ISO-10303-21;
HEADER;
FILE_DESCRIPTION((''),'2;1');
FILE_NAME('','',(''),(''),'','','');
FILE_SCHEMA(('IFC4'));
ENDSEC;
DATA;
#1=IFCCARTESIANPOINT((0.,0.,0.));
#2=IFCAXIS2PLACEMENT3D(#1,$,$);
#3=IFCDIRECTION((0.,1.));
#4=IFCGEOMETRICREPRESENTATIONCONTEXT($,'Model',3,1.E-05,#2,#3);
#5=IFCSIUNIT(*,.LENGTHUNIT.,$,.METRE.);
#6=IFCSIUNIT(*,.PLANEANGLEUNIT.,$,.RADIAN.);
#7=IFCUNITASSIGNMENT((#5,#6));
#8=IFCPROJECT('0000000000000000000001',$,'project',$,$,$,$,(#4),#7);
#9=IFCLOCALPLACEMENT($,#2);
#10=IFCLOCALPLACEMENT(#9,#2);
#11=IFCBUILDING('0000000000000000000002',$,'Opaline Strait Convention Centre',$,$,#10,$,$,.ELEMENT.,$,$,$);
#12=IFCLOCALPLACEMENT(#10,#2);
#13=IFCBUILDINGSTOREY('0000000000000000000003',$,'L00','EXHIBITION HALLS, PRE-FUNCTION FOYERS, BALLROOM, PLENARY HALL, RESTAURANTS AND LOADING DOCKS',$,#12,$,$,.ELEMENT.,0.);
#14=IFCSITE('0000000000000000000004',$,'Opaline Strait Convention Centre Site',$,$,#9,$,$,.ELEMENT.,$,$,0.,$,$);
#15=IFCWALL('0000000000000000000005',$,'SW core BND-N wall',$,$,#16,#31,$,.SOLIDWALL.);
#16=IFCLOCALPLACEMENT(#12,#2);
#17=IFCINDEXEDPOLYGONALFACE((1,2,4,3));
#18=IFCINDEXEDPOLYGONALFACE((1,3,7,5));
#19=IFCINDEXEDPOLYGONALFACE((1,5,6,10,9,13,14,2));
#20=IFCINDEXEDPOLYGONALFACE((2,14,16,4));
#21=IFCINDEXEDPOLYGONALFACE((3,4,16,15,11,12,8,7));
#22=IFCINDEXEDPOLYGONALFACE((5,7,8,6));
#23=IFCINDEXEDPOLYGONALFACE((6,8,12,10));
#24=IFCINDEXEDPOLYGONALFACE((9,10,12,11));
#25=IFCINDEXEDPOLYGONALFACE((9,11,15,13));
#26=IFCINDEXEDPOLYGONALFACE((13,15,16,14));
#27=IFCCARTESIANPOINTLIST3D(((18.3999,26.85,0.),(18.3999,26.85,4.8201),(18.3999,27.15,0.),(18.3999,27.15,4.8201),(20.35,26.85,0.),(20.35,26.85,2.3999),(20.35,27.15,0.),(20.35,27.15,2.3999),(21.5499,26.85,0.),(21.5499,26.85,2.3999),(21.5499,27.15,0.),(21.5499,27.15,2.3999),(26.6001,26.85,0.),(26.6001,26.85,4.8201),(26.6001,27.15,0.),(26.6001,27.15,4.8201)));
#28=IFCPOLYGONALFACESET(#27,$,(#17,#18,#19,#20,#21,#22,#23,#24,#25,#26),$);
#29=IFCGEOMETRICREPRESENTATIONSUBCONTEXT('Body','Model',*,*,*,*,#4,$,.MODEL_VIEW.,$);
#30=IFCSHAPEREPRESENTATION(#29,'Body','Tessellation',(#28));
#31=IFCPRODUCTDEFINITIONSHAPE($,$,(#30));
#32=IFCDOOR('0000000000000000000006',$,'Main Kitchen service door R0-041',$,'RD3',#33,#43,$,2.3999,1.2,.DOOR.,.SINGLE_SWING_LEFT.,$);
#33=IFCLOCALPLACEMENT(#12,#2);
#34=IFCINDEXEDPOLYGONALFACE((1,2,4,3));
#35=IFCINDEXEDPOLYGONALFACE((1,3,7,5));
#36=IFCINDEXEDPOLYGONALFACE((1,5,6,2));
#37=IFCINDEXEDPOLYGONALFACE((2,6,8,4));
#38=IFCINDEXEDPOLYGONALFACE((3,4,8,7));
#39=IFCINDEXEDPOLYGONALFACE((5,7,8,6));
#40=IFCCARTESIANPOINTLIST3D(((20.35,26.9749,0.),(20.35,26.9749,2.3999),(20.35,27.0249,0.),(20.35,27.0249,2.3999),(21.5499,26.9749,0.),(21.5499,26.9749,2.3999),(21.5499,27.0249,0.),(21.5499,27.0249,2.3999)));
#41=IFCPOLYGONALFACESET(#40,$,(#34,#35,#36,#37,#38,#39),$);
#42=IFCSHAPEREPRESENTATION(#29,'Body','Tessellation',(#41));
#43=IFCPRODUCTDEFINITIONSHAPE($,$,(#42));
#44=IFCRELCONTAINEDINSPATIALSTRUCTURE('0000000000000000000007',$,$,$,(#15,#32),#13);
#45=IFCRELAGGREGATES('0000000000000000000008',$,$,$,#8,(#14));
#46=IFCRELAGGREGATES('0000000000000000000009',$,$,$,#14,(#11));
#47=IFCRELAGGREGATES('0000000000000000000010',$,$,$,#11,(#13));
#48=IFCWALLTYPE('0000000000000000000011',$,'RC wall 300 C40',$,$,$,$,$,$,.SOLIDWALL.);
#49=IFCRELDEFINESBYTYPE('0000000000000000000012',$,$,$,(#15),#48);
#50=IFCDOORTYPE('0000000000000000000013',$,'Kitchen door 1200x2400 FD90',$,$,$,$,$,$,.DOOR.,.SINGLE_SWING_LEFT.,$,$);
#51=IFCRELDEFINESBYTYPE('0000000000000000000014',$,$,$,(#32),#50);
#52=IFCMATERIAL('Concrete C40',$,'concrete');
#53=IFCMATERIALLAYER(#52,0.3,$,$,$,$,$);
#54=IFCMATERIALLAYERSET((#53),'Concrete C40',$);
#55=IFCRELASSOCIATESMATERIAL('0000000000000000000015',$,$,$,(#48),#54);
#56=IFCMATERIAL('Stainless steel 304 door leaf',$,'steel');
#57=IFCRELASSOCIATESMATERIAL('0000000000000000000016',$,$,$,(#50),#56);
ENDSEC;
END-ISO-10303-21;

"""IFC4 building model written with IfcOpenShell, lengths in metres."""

from ifc_helpers import new_model, si_unit, direction, frame, frame_2d, origin, place, context, subcontext, project, spatial, rectangle, extrude, material, layer, layer_set, type_object, element, fill, save


model = new_model("IFC4")

# Units and contexts
model_context = context("Model", 3, precision=1e-05, world=origin(), true_north=direction((0.0, 1.0)))
body_context = subcontext(model_context, "Body", "Model", "MODEL_VIEW")
ifc_project = project(units=[si_unit("LENGTHUNIT", "METRE"), si_unit("PLANEANGLEUNIT", "RADIAN")], contexts=[model_context])

# Site, building, storey
site_placement = place(None, origin())
site = spatial("IfcSite", under=ifc_project, at=site_placement, Name="Opaline Strait Convention Centre Site", CompositionType="ELEMENT", RefElevation=0.0)
building_placement = place(site_placement, origin())
building = spatial("IfcBuilding", under=site, at=building_placement, Name="Opaline Strait Convention Centre", CompositionType="ELEMENT")
storey_placement = place(building_placement, origin())
storey = spatial("IfcBuildingStorey", under=building, at=storey_placement, Name="L00", Description="EXHIBITION HALLS, PRE-FUNCTION FOYERS, BALLROOM, PLENARY HALL, RESTAURANTS AND LOADING DOCKS", CompositionType="ELEMENT", Elevation=0.0)

# Shared definitions
ifc_material_1 = material(Name="Concrete C40", Category="concrete")

# Wall, opening, door
ifc_layer_1 = layer(ifc_material_1, 0.3)
ifc_layer_set_1 = layer_set([ifc_layer_1], Name="Concrete C40")
wall_type_1 = type_object("IfcWallType", Name="RC wall 300 C40", PredefinedType="SOLIDWALL", material=ifc_layer_set_1)
wall_1_placement = place(storey_placement, frame((18.3999, 27.0, 0.0), z_axis=(0.0, 0.0, 1.0), x_axis=(1.0, 0.0, 0.0)))
wall_1 = element("IfcWall", 1, at=wall_1_placement, inside=storey, type_object=wall_type_1, Name="SW core BND-N wall", PredefinedType="SOLIDWALL", context=body_context, shape_type="SweptSolid", body=[
    extrude(rectangle(XDim=8.2002, YDim=0.3, at=frame_2d((4.1001, 0.0))), origin(), (0.0, 0.0, 1.0), 4.8201),
])
opening_1_placement = place(wall_1_placement, frame((1.95, 0.0, 0.0)))
opening_1 = element("IfcOpeningElement", 2, at=opening_1_placement, cuts=wall_1, PredefinedType="OPENING", context=body_context, shape_type="SweptSolid", body=[
    extrude(rectangle(XDim=1.2, YDim=2.3999, at=frame_2d((0.6001, 1.2))), frame((0.0, 0.1599, 0.0), z_axis=(0.0, -1.0, 0.0), x_axis=(1.0, 0.0, 0.0)), (0.0, 0.0, 1.0), 0.3201),
])
ifc_material_2 = material(Name="Stainless steel 304 door leaf", Category="steel")
door_type_1 = type_object("IfcDoorType", Name="Kitchen door 1200x2400 FD90", OperationType="SINGLE_SWING_LEFT", PredefinedType="DOOR", material=ifc_material_2)
door_1_placement = place(opening_1_placement, origin())
door_1 = element("IfcDoor", 3, at=door_1_placement, inside=storey, type_object=door_type_1, Name="Main Kitchen service door R0-041", ObjectType="RD3", OperationType="SINGLE_SWING_LEFT", OverallHeight=2.3999, OverallWidth=1.2, PredefinedType="DOOR", context=body_context, shape_type="SweptSolid", body=[
    extrude(rectangle(XDim=1.2, YDim=2.3999, at=frame_2d((0.6001, 1.2))), frame((0.0, 0.0249, 0.0), z_axis=(0.0, -1.0, 0.0), x_axis=(1.0, 0.0, 0.0)), (0.0, 0.0, 1.0), 0.05),
])
fill(opening_1, door_1)

save(model, "model.ifc")
